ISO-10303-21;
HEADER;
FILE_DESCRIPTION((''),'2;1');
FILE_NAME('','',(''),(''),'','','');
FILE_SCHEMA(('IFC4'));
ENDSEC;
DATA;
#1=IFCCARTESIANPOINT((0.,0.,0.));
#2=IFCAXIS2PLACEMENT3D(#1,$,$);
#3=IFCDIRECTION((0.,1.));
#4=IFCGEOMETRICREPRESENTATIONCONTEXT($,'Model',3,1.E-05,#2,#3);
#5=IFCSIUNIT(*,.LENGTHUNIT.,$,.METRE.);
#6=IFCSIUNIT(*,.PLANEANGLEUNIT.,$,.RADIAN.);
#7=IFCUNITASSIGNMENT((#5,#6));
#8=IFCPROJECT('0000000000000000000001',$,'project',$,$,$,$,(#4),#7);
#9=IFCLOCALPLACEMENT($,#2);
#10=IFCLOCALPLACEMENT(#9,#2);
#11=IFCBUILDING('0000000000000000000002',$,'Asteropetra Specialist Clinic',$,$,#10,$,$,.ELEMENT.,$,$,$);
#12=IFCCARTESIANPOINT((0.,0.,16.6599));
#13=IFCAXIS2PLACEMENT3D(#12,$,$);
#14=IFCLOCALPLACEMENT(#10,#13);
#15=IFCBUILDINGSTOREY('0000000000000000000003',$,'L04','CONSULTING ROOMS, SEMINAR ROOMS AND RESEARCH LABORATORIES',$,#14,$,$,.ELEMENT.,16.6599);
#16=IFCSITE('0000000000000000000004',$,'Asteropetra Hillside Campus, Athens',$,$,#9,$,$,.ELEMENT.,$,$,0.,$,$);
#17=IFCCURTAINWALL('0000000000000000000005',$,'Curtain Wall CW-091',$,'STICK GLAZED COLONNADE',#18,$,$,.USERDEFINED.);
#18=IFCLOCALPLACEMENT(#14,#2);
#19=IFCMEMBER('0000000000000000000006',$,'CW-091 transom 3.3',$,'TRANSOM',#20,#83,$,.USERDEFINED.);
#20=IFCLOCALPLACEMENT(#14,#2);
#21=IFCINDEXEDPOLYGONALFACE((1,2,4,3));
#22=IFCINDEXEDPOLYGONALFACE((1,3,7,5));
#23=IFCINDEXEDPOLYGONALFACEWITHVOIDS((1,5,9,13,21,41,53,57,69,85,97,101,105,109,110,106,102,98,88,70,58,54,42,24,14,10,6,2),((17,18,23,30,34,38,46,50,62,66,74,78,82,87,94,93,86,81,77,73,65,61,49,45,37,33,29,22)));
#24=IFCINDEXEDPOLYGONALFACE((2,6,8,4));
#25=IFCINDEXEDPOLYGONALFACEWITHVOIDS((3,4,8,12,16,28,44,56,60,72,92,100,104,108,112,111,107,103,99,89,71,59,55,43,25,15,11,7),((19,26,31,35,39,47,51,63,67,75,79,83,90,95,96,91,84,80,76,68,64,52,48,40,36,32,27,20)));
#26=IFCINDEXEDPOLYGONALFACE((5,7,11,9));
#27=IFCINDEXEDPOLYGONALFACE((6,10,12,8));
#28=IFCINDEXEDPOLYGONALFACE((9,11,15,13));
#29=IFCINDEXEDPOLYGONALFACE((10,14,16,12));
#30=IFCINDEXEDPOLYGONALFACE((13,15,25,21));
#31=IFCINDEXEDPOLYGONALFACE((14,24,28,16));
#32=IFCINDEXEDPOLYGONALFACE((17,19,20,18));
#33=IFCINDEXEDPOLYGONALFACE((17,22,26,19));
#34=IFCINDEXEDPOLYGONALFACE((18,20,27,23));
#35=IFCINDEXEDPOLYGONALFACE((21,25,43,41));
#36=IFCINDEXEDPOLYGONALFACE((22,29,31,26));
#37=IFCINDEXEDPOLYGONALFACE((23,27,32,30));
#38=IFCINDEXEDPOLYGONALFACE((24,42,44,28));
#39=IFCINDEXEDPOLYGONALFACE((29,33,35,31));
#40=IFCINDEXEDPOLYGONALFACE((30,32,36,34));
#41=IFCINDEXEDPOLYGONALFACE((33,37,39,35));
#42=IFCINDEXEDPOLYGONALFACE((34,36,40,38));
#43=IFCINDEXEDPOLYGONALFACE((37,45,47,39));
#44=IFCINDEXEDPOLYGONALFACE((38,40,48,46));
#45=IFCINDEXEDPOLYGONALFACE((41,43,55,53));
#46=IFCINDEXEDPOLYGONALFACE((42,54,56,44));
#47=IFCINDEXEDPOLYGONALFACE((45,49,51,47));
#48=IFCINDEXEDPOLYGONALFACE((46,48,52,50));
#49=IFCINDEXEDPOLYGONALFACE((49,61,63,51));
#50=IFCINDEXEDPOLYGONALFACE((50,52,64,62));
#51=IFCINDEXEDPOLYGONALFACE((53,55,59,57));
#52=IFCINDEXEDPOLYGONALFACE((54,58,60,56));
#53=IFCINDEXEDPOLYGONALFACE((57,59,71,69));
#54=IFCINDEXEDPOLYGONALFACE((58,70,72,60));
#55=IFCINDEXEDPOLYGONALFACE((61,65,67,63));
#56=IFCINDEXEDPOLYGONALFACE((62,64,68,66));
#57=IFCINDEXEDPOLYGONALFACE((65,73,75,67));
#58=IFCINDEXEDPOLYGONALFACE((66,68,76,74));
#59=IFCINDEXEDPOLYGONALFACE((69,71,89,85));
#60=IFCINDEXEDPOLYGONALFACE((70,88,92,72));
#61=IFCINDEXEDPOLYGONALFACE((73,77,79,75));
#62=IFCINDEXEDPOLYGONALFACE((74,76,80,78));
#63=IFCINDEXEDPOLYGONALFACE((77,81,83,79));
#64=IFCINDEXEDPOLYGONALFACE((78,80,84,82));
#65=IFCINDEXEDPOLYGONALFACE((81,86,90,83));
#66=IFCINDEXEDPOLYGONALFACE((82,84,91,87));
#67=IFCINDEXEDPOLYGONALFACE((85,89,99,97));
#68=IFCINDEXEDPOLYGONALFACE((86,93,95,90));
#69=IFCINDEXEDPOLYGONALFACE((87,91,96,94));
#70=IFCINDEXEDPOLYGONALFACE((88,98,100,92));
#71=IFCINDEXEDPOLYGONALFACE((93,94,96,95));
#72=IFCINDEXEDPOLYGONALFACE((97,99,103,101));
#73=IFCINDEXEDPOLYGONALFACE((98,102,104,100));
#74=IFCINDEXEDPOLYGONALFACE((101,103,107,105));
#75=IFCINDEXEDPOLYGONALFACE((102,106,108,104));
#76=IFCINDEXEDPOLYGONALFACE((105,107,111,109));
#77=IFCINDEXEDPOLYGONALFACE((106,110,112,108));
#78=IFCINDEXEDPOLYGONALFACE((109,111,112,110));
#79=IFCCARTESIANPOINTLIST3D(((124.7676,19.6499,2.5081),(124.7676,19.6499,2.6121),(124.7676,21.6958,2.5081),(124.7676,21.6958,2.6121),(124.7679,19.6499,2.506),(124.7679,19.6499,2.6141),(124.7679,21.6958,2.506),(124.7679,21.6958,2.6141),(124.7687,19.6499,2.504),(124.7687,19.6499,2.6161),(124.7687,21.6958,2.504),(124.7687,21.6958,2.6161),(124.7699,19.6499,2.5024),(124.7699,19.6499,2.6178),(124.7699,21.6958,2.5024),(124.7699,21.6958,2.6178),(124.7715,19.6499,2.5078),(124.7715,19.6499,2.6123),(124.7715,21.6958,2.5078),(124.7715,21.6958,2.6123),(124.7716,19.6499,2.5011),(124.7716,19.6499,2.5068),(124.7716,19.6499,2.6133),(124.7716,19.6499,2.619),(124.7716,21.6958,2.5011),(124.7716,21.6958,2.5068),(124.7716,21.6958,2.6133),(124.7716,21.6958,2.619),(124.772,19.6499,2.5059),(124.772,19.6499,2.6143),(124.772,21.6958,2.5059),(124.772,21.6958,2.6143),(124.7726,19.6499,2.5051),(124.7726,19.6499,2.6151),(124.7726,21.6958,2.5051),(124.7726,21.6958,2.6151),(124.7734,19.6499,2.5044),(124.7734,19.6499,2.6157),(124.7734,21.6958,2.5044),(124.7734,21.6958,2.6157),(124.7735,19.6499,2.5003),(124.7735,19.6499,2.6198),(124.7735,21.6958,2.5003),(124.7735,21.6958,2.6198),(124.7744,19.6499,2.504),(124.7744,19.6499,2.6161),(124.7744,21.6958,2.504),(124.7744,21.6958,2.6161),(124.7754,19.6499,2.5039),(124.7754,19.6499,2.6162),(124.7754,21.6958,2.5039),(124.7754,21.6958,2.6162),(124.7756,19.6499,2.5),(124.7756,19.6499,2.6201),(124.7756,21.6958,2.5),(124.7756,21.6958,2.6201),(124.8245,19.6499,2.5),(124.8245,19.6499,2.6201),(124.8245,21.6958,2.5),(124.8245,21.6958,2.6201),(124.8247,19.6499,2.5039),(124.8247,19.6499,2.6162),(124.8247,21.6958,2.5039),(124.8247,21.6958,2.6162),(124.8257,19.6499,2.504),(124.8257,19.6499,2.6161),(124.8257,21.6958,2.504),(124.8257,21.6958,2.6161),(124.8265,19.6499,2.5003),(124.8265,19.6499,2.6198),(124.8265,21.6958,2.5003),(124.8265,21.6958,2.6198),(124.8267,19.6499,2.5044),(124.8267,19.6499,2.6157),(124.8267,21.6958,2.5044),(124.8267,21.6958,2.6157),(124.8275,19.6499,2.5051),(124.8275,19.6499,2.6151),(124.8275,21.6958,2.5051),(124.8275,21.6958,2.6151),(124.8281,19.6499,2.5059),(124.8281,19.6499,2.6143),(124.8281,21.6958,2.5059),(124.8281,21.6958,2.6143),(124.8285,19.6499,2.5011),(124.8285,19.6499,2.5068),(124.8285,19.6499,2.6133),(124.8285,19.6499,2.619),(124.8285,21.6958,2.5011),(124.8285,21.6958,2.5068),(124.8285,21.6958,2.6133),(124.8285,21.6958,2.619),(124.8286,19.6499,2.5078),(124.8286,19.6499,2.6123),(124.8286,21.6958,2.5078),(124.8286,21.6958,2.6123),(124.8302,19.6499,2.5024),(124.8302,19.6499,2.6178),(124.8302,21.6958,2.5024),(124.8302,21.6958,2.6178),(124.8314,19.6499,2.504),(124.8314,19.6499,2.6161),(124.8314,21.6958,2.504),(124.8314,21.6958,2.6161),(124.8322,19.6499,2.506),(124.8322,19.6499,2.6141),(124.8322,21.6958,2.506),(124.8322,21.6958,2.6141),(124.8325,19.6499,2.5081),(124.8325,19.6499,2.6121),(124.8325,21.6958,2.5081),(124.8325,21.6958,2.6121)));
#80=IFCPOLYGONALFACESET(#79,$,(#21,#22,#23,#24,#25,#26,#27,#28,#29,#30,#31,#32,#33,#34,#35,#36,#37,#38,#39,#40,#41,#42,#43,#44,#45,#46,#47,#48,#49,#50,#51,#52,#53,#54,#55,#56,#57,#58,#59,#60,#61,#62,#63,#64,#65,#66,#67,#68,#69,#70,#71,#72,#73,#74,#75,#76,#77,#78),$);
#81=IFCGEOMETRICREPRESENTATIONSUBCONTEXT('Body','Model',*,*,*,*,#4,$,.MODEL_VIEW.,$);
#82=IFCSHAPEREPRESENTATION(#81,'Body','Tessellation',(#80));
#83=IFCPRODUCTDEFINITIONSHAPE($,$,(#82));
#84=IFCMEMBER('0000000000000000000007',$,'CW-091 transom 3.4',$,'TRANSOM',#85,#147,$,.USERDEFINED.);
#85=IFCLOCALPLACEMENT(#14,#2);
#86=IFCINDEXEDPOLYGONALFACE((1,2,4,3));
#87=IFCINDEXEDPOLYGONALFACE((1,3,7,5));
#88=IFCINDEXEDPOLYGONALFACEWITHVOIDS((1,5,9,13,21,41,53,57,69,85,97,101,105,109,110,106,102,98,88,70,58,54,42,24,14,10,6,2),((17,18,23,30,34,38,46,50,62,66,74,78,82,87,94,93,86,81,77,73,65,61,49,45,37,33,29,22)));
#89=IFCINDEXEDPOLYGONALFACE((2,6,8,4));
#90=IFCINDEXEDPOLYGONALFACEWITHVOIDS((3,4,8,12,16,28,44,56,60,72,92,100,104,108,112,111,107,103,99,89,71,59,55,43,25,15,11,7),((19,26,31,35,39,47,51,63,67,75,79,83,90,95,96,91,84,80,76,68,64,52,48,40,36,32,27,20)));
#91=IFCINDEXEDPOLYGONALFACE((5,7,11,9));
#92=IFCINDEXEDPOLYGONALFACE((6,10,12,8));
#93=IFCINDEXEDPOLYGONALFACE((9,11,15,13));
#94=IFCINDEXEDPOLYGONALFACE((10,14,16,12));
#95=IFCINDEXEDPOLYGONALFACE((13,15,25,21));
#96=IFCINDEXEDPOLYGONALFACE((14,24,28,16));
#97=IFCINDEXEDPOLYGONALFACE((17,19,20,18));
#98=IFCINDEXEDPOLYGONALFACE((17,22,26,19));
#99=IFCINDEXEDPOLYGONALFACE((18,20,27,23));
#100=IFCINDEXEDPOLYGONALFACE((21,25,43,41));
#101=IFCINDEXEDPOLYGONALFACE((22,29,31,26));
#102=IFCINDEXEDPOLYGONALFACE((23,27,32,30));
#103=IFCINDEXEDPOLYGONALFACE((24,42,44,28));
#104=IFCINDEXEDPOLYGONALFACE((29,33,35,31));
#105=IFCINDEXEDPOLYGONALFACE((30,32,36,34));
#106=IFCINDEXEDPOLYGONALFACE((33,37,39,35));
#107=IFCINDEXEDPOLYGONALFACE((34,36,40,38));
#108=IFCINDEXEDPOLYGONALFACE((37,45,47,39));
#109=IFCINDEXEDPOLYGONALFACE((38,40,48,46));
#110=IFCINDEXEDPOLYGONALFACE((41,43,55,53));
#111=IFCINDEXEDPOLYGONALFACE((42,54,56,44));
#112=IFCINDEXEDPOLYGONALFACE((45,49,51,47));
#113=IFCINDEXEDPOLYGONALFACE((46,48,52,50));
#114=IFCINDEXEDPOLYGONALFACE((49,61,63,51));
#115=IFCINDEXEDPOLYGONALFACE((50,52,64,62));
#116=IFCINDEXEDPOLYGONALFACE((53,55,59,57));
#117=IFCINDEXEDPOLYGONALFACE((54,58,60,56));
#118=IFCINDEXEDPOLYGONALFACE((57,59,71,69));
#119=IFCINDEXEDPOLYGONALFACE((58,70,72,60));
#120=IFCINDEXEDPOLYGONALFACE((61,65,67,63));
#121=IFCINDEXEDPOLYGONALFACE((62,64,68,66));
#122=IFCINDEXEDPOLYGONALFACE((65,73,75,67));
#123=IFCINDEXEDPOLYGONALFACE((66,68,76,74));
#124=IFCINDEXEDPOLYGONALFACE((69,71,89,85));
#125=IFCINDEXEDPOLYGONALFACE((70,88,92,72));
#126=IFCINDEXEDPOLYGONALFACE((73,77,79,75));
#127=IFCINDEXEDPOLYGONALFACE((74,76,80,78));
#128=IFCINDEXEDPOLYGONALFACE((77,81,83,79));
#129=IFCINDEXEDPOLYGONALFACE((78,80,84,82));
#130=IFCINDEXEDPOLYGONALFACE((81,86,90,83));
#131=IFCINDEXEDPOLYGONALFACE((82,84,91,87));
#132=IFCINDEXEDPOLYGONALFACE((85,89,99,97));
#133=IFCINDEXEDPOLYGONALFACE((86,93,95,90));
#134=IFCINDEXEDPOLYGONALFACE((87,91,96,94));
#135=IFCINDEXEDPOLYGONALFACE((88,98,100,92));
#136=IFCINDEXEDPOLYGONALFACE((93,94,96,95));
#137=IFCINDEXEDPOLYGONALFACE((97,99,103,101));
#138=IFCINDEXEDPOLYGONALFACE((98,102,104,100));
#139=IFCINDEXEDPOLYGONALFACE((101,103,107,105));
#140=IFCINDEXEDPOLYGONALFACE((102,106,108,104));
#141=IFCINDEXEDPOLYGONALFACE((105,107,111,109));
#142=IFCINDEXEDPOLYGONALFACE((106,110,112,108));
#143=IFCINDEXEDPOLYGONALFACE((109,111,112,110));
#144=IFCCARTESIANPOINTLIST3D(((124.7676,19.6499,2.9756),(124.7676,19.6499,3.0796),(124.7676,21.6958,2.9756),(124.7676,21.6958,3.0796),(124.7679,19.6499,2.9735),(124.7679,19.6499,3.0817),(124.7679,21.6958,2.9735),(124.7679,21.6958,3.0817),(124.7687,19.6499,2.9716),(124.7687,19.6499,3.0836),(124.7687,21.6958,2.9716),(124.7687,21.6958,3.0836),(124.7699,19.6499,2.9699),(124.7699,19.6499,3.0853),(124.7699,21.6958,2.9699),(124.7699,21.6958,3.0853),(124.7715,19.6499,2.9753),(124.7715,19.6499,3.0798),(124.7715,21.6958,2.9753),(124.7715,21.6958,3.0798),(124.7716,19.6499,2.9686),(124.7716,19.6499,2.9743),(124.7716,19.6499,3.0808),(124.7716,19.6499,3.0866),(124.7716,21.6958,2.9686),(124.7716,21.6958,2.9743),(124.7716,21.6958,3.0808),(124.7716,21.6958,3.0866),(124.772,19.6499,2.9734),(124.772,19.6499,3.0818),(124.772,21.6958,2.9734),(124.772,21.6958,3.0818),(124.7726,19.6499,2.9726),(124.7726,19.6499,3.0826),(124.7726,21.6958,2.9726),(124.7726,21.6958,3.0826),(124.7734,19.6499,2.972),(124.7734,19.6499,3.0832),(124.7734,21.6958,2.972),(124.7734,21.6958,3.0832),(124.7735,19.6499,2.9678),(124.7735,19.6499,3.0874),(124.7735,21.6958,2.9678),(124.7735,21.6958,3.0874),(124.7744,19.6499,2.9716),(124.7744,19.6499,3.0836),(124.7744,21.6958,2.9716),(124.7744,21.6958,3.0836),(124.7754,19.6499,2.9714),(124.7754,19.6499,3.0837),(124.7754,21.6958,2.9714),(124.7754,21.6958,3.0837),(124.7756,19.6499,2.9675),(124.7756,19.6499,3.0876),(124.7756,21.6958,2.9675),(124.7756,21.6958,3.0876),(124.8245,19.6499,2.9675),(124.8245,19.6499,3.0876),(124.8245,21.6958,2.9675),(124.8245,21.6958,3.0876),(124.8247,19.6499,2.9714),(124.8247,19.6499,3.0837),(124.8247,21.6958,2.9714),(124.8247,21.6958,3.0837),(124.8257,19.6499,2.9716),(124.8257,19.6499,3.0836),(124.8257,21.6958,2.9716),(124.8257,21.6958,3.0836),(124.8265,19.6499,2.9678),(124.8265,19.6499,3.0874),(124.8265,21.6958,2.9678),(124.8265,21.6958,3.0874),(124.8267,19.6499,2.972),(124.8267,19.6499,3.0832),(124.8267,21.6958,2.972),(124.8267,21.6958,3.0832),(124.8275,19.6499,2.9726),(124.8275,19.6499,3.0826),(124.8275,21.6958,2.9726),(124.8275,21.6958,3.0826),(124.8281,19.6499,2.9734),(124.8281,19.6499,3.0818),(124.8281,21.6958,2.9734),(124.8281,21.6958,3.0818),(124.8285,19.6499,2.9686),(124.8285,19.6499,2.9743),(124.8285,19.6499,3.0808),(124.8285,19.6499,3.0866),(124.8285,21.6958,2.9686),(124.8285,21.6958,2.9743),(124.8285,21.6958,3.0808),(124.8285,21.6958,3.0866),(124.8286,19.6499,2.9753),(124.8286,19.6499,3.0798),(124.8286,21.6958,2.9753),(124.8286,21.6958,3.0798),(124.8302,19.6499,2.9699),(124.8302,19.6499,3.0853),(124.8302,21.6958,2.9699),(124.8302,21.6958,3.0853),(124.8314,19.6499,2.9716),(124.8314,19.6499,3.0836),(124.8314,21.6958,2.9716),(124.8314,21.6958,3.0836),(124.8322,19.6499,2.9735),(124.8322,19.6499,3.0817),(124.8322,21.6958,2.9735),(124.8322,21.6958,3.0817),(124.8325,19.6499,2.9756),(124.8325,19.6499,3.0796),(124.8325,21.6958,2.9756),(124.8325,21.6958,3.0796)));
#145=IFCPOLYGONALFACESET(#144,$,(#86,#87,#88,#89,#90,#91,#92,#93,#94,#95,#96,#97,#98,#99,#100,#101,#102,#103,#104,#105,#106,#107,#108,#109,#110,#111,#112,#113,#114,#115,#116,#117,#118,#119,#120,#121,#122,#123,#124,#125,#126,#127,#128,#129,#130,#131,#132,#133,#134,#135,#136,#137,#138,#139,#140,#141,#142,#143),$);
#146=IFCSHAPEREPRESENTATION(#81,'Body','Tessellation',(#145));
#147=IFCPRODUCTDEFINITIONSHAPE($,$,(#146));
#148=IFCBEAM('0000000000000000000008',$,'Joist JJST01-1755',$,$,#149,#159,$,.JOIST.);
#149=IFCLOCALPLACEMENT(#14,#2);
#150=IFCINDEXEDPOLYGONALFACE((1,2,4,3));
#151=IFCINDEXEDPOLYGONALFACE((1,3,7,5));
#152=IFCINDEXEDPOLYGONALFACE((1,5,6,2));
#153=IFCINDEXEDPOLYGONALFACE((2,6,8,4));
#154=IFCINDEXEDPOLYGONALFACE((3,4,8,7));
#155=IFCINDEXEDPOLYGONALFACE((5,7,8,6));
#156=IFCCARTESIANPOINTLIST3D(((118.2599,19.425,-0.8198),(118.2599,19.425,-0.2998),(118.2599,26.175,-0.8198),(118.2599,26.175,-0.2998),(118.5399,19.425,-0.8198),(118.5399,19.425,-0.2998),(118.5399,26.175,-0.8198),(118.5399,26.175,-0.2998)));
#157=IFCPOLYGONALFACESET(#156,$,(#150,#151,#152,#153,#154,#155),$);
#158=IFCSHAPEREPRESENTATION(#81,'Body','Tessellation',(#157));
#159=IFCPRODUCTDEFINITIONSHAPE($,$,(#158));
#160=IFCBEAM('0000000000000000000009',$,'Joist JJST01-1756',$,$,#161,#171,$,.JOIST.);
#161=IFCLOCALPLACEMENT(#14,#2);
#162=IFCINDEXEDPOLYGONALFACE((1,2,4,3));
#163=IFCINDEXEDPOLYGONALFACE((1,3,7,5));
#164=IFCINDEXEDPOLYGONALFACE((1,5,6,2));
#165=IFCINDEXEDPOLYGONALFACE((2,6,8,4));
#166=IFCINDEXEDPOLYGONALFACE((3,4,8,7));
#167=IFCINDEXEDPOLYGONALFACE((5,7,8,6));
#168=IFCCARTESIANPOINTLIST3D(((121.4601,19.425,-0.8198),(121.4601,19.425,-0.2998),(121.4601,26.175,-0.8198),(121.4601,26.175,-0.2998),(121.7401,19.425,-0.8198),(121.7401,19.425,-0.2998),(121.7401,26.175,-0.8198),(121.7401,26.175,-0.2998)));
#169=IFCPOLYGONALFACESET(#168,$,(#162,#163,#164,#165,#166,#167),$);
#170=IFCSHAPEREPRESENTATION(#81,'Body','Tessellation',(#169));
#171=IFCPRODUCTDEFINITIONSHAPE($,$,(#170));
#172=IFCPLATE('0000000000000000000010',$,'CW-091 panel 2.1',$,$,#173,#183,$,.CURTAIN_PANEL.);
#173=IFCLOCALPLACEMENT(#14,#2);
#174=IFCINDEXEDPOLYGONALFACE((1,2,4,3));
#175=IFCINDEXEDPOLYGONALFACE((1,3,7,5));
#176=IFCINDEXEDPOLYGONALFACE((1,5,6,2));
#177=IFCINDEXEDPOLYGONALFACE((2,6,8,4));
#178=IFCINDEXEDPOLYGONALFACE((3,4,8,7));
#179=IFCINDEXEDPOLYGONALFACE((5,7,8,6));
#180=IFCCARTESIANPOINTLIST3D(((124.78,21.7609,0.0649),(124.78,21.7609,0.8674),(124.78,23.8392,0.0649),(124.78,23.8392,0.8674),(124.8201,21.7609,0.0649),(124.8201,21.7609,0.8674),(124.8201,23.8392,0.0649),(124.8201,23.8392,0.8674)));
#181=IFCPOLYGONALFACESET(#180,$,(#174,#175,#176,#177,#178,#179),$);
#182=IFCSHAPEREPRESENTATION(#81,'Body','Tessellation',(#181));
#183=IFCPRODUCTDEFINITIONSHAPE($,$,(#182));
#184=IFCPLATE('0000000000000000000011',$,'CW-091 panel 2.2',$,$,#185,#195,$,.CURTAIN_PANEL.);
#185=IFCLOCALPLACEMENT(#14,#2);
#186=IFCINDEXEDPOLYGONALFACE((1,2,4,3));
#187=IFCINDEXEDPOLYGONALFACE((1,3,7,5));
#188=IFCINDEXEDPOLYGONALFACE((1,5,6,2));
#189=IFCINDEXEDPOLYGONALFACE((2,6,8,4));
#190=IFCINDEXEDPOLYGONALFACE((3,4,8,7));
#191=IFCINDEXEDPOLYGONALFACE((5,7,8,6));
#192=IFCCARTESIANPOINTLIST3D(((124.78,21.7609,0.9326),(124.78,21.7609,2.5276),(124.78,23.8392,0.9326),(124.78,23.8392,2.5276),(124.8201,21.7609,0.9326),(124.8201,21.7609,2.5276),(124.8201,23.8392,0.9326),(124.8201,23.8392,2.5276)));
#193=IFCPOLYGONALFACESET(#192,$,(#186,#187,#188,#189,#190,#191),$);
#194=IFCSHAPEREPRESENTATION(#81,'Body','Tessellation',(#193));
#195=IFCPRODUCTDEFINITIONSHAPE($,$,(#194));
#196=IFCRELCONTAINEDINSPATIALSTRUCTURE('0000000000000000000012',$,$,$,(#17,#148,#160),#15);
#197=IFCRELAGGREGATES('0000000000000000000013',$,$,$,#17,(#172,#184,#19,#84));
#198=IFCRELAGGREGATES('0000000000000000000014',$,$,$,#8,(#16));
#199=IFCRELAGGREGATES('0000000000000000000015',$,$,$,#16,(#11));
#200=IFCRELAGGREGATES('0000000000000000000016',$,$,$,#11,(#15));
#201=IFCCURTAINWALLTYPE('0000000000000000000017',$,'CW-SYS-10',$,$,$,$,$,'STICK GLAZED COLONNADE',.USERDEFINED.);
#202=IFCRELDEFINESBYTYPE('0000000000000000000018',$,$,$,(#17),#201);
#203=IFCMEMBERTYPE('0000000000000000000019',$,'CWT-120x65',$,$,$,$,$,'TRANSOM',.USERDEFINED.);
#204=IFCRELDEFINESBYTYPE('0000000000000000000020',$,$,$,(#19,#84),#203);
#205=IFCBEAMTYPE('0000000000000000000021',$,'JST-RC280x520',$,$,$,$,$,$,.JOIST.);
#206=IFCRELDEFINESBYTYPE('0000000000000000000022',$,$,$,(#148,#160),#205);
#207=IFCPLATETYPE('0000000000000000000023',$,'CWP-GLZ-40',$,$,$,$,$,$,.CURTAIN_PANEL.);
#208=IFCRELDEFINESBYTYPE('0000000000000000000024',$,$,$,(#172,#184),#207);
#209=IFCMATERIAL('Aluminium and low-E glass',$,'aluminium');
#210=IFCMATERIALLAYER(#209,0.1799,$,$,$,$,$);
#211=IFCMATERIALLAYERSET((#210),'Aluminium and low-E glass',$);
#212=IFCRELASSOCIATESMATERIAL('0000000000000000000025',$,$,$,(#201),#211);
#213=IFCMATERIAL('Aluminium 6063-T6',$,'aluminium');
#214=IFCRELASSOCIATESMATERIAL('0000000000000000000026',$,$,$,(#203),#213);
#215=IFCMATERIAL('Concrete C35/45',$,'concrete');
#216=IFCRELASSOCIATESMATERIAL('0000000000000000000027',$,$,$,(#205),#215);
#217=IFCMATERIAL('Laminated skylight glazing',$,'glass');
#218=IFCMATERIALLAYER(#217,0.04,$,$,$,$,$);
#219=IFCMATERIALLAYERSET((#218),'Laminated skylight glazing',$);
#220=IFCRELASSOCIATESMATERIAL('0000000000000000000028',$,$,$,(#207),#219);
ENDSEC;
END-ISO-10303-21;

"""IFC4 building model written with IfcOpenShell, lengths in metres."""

from ifc_helpers import new_model, si_unit, direction, frame, origin, origin_2d, place, context, subcontext, project, spatial, rectangle, hollow_rectangle, extrude, material, layer, layer_set, material_profile, profile_set, type_object, element, aggregate, save


model = new_model("IFC4")

# Units and contexts
model_context = context("Model", 3, precision=1e-05, world=origin(), true_north=direction((0.0, 1.0)))
body_context = subcontext(model_context, "Body", "Model", "MODEL_VIEW")
ifc_project = project(units=[si_unit("LENGTHUNIT", "METRE"), si_unit("PLANEANGLEUNIT", "RADIAN")], contexts=[model_context])

# Site, building, storey
site_placement = place(None, origin())
site = spatial("IfcSite", under=ifc_project, at=site_placement, Name="Asteropetra Hillside Campus, Athens", CompositionType="ELEMENT", RefElevation=0.0)
building_placement = place(site_placement, origin())
building = spatial("IfcBuilding", under=site, at=building_placement, Name="Asteropetra Specialist Clinic", CompositionType="ELEMENT")
storey_placement = place(building_placement, frame((0.0, 0.0, 16.6599)))
storey = spatial("IfcBuildingStorey", under=building, at=storey_placement, Name="L04", Description="CONSULTING ROOMS, SEMINAR ROOMS AND RESEARCH LABORATORIES", CompositionType="ELEMENT", Elevation=16.6599)

# Curtain wall
ifc_material_1 = material(Name="Aluminium and low-E glass", Category="aluminium")
ifc_layer_1 = layer(ifc_material_1, 0.1799)
ifc_layer_set_1 = layer_set([ifc_layer_1], Name="Aluminium and low-E glass")
curtain_wall_type_1 = type_object("IfcCurtainWallType", Name="CW-SYS-10", ElementType="STICK GLAZED COLONNADE", PredefinedType="USERDEFINED", material=ifc_layer_set_1)
curtain_wall_1_placement = place(storey_placement, origin())
curtain_wall_1 = element("IfcCurtainWall", 1, at=curtain_wall_1_placement, inside=storey, type_object=curtain_wall_type_1, Name="Curtain Wall CW-091", ObjectType="STICK GLAZED COLONNADE", PredefinedType="USERDEFINED")

# Members
ifc_material_2 = material(Name="Aluminium 6063-T6", Category="aluminium")
ifc_material_profile_1 = material_profile(ifc_material_2, hollow_rectangle(XDim=0.0649, YDim=0.1201, WallThickness=0.0039, InnerFilletRadius=0.0039, OuterFilletRadius=0.0081, at=origin_2d()), Name="TRN 120x65x4.0")
ifc_profile_set_1 = profile_set([ifc_material_profile_1], Name="Aluminium 6063-T6")
member_type_1 = type_object("IfcMemberType", Name="CWT-120x65", ElementType="TRANSOM", PredefinedType="USERDEFINED", material=ifc_profile_set_1)
member_1_placement = place(storey_placement, frame((124.8, 21.6958, 2.5601), z_axis=(0.0, -1.0, 0.0), x_axis=(1.0, 0.0, 0.0)))
member_1 = element("IfcMember", 2, at=member_1_placement, type_object=member_type_1, Name="CW-091 transom 3.3", ObjectType="TRANSOM", PredefinedType="USERDEFINED", context=body_context, shape_type="SweptSolid", body=[
    extrude(hollow_rectangle(XDim=0.0649, YDim=0.1201, WallThickness=0.0039, InnerFilletRadius=0.0039, OuterFilletRadius=0.0081, at=origin_2d()), origin(), (0.0, 0.0, 1.0), 2.0459),
])
member_2_placement = place(storey_placement, frame((124.8, 21.6958, 3.0276), z_axis=(0.0, -1.0, 0.0), x_axis=(1.0, 0.0, 0.0)))
member_2 = element("IfcMember", 3, at=member_2_placement, type_object=member_type_1, Name="CW-091 transom 3.4", ObjectType="TRANSOM", PredefinedType="USERDEFINED", context=body_context, shape_type="SweptSolid", body=[
    extrude(hollow_rectangle(XDim=0.0649, YDim=0.1201, WallThickness=0.0039, InnerFilletRadius=0.0039, OuterFilletRadius=0.0081, at=origin_2d()), origin(), (0.0, 0.0, 1.0), 2.0459),
])

# Beams
ifc_material_3 = material(Name="Concrete C35/45", Category="concrete")
ifc_material_profile_2 = material_profile(ifc_material_3, rectangle(XDim=0.28, YDim=0.52, at=origin_2d()), Name="RCJ 280x520")
ifc_profile_set_2 = profile_set([ifc_material_profile_2], Name="Concrete C35/45")
beam_type = type_object("IfcBeamType", Name="JST-RC280x520", PredefinedType="JOIST", material=ifc_profile_set_2)
for number, where, z_axis, x_axis, name in (
    (4, (118.3999, 19.425, -0.5598), (0.0, 1.0, 0.0), (-1.0, 0.0, 0.0), "Joist JJST01-1755"),
    (5, (121.6001, 19.425, -0.5598), (0.0, 1.0, 0.0), (-1.0, 0.0, 0.0), "Joist JJST01-1756"),
):
    element("IfcBeam", number, at=place(storey_placement, frame(where, z_axis=z_axis, x_axis=x_axis)), inside=storey, type_object=beam_type, Name=name, PredefinedType="JOIST", context=body_context, shape_type="SweptSolid", body=[
        extrude(rectangle(XDim=0.28, YDim=0.52, at=origin_2d()), origin(), (0.0, 0.0, 1.0), 6.75),
    ])

# Plates
ifc_material_4 = material(Name="Laminated skylight glazing", Category="glass")
ifc_layer_2 = layer(ifc_material_4, 0.04)
ifc_layer_set_2 = layer_set([ifc_layer_2], Name="Laminated skylight glazing")
plate_type = type_object("IfcPlateType", Name="CWP-GLZ-40", PredefinedType="CURTAIN_PANEL", material=ifc_layer_set_2)
plate_1_placement = place(storey_placement, frame((124.8, 22.8, 0.0649), z_axis=(0.0, 0.0, 1.0), x_axis=(0.0, -1.0, 0.0)))
plate_1 = element("IfcPlate", 6, at=plate_1_placement, type_object=plate_type, Name="CW-091 panel 2.1", PredefinedType="CURTAIN_PANEL", context=body_context, shape_type="SweptSolid", body=[
    extrude(rectangle(XDim=2.0784, YDim=0.04, at=origin_2d()), origin(), (0.0, 0.0, 1.0), 0.8025),
])
plate_2_placement = place(storey_placement, frame((124.8, 22.8, 0.9326), z_axis=(0.0, 0.0, 1.0), x_axis=(0.0, -1.0, 0.0)))
plate_2 = element("IfcPlate", 7, at=plate_2_placement, type_object=plate_type, Name="CW-091 panel 2.2", PredefinedType="CURTAIN_PANEL", context=body_context, shape_type="SweptSolid", body=[
    extrude(rectangle(XDim=2.0784, YDim=0.04, at=origin_2d()), origin(), (0.0, 0.0, 1.0), 1.595),
])
aggregate(curtain_wall_1, [plate_1, plate_2, member_1, member_2])

save(model, "model.ifc")
